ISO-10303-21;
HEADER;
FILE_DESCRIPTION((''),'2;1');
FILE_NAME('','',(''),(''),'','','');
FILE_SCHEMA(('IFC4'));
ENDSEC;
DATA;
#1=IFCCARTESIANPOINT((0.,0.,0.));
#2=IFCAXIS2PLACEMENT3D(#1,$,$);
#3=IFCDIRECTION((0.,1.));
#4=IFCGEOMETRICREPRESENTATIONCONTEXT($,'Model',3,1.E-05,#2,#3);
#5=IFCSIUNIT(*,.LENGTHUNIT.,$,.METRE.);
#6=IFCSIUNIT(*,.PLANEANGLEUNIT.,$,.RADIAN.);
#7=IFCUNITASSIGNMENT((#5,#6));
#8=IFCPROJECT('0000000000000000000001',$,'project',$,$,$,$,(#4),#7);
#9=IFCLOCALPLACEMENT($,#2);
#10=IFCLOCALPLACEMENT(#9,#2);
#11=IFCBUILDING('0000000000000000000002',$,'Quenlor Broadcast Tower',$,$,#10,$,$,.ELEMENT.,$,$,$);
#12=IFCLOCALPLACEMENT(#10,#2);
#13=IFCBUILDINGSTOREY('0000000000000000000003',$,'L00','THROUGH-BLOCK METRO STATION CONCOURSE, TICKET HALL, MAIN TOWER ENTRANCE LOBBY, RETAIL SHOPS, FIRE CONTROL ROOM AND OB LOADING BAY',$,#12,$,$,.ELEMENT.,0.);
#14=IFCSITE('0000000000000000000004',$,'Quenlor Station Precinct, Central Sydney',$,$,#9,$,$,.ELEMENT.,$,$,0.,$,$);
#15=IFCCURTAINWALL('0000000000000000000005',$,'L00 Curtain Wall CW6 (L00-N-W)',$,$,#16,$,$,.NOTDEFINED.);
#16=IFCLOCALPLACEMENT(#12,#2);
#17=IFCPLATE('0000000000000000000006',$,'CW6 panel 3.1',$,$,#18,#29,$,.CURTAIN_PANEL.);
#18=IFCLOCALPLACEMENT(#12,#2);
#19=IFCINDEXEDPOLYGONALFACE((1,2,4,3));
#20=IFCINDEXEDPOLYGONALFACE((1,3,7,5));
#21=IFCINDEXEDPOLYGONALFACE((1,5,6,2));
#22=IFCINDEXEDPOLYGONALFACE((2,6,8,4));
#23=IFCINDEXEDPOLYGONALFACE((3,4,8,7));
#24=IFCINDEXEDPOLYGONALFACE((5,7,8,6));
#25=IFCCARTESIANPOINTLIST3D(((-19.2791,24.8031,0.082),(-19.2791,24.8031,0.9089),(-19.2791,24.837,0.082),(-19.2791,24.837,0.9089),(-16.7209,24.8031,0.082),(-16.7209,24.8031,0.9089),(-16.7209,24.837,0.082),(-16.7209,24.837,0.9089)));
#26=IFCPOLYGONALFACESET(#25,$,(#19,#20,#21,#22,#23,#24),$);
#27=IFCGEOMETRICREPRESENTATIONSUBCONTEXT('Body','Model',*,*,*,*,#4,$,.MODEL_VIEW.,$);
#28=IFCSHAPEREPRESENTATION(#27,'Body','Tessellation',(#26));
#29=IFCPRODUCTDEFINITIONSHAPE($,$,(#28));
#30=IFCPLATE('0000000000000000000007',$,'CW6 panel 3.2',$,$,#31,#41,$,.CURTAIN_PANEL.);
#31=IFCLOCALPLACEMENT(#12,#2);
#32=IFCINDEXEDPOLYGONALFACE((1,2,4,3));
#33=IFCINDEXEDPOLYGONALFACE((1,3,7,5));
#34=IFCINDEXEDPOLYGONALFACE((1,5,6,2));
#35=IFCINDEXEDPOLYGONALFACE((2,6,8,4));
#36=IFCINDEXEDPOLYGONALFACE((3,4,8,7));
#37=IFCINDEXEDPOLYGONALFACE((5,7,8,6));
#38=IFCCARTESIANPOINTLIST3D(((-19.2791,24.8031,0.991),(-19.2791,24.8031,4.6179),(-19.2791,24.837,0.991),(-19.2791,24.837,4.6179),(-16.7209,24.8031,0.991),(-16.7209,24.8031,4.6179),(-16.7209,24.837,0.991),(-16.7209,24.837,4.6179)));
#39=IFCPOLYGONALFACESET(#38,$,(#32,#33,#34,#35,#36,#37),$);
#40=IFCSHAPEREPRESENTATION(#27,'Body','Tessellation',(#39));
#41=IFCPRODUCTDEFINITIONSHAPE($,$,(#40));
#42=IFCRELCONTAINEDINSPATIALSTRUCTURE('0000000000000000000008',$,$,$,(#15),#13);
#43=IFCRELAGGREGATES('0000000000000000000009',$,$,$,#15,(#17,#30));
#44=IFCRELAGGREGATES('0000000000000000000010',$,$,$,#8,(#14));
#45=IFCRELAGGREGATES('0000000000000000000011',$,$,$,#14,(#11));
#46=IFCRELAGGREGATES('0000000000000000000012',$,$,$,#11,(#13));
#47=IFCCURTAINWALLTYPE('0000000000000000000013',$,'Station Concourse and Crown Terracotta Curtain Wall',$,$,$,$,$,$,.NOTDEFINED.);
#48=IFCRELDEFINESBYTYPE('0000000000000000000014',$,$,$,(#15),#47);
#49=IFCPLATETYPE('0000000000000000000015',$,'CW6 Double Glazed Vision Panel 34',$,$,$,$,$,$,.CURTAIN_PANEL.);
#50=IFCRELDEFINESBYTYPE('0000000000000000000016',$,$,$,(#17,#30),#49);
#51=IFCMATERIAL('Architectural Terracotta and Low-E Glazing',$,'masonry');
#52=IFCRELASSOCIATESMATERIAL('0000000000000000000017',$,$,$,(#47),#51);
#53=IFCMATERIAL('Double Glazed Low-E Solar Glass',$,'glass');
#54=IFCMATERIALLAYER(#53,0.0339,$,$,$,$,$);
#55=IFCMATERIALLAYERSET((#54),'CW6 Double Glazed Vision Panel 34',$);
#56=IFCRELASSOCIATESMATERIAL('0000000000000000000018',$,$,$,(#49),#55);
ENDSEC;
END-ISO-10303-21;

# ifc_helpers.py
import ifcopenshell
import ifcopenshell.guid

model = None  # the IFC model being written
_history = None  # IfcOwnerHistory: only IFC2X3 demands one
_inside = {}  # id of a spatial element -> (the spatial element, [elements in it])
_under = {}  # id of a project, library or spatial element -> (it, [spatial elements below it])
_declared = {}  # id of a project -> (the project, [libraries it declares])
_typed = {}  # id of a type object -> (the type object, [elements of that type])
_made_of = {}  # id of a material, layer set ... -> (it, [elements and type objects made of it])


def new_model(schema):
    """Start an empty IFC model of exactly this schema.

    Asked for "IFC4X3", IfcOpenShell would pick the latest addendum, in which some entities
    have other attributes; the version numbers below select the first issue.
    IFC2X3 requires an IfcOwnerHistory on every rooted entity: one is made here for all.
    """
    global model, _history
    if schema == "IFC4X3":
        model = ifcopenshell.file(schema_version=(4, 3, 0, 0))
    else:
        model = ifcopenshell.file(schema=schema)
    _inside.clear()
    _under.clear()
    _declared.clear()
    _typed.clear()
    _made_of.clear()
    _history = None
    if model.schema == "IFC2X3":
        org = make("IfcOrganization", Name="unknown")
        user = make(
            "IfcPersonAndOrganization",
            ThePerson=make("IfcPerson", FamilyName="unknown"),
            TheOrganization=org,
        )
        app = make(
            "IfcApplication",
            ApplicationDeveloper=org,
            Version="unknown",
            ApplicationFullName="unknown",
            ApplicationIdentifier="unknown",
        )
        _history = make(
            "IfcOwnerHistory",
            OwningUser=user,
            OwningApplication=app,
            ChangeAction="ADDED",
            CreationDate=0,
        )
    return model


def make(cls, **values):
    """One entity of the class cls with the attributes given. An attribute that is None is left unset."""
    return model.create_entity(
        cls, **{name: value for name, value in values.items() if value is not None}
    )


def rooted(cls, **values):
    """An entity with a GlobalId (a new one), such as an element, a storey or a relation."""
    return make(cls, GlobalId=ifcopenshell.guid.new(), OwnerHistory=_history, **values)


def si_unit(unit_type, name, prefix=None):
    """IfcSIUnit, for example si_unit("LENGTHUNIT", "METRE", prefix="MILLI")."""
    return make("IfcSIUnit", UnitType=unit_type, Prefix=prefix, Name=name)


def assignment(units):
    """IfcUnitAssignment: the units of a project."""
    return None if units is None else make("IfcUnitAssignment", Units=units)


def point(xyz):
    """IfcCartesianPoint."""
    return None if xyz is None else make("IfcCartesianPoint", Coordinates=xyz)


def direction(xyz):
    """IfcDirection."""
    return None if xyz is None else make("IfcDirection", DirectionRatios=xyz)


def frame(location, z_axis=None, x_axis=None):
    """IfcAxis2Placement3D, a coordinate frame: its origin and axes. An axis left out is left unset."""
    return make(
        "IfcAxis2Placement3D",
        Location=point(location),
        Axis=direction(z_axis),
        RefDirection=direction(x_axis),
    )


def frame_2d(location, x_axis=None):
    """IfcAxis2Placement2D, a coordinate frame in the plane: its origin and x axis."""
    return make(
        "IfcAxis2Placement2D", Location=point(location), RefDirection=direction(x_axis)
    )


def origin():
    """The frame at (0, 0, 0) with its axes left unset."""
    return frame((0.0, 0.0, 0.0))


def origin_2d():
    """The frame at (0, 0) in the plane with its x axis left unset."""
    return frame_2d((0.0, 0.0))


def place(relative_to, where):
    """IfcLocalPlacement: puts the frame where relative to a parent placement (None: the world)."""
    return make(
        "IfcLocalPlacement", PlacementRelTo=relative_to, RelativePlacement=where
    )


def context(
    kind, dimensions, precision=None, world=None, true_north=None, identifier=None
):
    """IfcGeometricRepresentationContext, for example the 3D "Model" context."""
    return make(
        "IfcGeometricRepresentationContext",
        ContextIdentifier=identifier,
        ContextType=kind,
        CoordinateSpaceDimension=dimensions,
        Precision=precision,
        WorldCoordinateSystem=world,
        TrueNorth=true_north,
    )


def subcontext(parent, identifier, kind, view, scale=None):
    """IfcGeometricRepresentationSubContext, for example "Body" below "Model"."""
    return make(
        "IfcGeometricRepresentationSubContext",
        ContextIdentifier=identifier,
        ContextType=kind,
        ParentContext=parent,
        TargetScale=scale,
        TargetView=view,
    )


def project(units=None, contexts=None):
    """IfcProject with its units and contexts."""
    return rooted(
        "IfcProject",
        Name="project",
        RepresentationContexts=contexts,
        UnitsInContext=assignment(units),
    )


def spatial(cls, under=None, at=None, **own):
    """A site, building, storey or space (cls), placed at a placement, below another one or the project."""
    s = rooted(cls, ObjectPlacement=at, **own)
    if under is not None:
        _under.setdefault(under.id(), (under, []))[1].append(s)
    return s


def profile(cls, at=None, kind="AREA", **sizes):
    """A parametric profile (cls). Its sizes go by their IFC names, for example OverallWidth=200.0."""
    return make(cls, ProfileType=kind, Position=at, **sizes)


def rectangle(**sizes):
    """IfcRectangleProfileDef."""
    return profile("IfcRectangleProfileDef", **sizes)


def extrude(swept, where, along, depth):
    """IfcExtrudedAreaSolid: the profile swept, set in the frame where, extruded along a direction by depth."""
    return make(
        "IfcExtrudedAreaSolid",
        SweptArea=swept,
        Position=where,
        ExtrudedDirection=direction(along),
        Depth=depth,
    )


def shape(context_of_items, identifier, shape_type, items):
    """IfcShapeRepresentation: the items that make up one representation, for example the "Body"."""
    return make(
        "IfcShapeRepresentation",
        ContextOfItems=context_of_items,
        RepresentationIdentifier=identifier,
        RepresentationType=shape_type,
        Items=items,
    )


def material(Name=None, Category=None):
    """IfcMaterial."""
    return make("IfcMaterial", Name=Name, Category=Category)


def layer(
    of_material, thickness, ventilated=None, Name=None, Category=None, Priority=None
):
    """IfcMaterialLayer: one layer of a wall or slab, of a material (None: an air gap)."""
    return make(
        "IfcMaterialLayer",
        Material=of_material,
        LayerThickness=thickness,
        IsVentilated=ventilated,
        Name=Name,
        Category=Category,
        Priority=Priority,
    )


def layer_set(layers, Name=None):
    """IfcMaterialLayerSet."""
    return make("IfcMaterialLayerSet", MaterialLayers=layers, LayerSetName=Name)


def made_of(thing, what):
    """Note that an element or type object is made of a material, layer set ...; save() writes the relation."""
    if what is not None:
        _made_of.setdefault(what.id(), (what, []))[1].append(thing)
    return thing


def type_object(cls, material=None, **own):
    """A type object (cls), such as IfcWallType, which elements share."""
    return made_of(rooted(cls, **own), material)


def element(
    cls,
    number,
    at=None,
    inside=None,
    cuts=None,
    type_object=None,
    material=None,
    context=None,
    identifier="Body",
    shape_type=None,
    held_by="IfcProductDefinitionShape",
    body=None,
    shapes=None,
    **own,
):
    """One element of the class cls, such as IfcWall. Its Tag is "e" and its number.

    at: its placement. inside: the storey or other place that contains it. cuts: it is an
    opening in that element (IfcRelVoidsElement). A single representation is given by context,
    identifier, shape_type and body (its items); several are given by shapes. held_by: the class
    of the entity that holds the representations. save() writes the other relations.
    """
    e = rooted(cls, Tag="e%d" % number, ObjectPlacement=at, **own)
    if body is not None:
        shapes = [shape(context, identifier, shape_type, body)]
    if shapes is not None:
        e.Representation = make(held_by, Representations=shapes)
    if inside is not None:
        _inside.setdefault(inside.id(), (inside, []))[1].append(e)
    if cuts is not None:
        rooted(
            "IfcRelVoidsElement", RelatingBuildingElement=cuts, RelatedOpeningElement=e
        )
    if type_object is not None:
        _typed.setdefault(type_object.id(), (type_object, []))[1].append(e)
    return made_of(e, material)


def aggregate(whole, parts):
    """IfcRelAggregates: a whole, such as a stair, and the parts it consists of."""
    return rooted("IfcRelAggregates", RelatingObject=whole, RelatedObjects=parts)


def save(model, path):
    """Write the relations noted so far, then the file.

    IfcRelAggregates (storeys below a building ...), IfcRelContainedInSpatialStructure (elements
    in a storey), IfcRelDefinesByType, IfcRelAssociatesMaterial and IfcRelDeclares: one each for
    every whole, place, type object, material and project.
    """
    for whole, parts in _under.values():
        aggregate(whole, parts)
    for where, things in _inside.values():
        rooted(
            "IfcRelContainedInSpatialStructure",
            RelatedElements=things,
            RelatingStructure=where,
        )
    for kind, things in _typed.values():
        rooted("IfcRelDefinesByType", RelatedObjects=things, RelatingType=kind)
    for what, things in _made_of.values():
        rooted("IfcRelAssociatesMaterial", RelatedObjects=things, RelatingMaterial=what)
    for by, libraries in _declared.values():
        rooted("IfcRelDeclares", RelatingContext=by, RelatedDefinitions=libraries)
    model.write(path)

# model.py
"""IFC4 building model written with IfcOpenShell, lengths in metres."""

from ifc_helpers import new_model, si_unit, direction, frame, origin, origin_2d, place, context, subcontext, project, spatial, rectangle, extrude, material, layer, layer_set, type_object, element, aggregate, save


model = new_model("IFC4")

# Units and contexts
model_context = context("Model", 3, precision=1e-05, world=origin(), true_north=direction((0.0, 1.0)))
body_context = subcontext(model_context, "Body", "Model", "MODEL_VIEW")
ifc_project = project(units=[si_unit("LENGTHUNIT", "METRE"), si_unit("PLANEANGLEUNIT", "RADIAN")], contexts=[model_context])

# Site, building, storey
site_placement = place(None, origin())
site = spatial("IfcSite", under=ifc_project, at=site_placement, Name="Quenlor Station Precinct, Central Sydney", CompositionType="ELEMENT", RefElevation=0.0)
building_placement = place(site_placement, origin())
building = spatial("IfcBuilding", under=site, at=building_placement, Name="Quenlor Broadcast Tower", CompositionType="ELEMENT")
storey_placement = place(building_placement, origin())
storey = spatial("IfcBuildingStorey", under=building, at=storey_placement, Name="L00", Description="THROUGH-BLOCK METRO STATION CONCOURSE, TICKET HALL, MAIN TOWER ENTRANCE LOBBY, RETAIL SHOPS, FIRE CONTROL ROOM AND OB LOADING BAY", CompositionType="ELEMENT", Elevation=0.0)

# Curtain wall, plates
ifc_material_1 = material(Name="Architectural Terracotta and Low-E Glazing", Category="masonry")
curtain_wall_type = type_object("IfcCurtainWallType", Name="Station Concourse and Crown Terracotta Curtain Wall", PredefinedType="NOTDEFINED", material=ifc_material_1)
curtain_wall_placement = place(storey_placement, origin())
curtain_wall = element("IfcCurtainWall", 1, at=curtain_wall_placement, inside=storey, type_object=curtain_wall_type, Name="L00 Curtain Wall CW6 (L00-N-W)", PredefinedType="NOTDEFINED")
ifc_material_2 = material(Name="Double Glazed Low-E Solar Glass", Category="glass")
ifc_layer = layer(ifc_material_2, 0.0339)
ifc_layer_set = layer_set([ifc_layer], Name="CW6 Double Glazed Vision Panel 34")
plate_type = type_object("IfcPlateType", Name="CW6 Double Glazed Vision Panel 34", PredefinedType="CURTAIN_PANEL", material=ifc_layer_set)
plate_1_placement = place(storey_placement, frame((-18.0, 24.8201, 0.082), z_axis=(0.0, 0.0, 1.0), x_axis=(1.0, 0.0, 0.0)))
plate_1 = element("IfcPlate", 2, at=plate_1_placement, type_object=plate_type, Name="CW6 panel 3.1", PredefinedType="CURTAIN_PANEL", context=body_context, shape_type="SweptSolid", body=[
    extrude(rectangle(XDim=2.5581, YDim=0.0339, at=origin_2d()), origin(), (0.0, 0.0, 1.0), 0.8269),
])
plate_2_placement = place(storey_placement, frame((-18.0, 24.8201, 0.991), z_axis=(0.0, 0.0, 1.0), x_axis=(1.0, 0.0, 0.0)))
plate_2 = element("IfcPlate", 3, at=plate_2_placement, type_object=plate_type, Name="CW6 panel 3.2", PredefinedType="CURTAIN_PANEL", context=body_context, shape_type="SweptSolid", body=[
    extrude(rectangle(XDim=2.5581, YDim=0.0339, at=origin_2d()), origin(), (0.0, 0.0, 1.0), 3.627),
])
aggregate(curtain_wall, [plate_1, plate_2])

save(model, "model.ifc")
